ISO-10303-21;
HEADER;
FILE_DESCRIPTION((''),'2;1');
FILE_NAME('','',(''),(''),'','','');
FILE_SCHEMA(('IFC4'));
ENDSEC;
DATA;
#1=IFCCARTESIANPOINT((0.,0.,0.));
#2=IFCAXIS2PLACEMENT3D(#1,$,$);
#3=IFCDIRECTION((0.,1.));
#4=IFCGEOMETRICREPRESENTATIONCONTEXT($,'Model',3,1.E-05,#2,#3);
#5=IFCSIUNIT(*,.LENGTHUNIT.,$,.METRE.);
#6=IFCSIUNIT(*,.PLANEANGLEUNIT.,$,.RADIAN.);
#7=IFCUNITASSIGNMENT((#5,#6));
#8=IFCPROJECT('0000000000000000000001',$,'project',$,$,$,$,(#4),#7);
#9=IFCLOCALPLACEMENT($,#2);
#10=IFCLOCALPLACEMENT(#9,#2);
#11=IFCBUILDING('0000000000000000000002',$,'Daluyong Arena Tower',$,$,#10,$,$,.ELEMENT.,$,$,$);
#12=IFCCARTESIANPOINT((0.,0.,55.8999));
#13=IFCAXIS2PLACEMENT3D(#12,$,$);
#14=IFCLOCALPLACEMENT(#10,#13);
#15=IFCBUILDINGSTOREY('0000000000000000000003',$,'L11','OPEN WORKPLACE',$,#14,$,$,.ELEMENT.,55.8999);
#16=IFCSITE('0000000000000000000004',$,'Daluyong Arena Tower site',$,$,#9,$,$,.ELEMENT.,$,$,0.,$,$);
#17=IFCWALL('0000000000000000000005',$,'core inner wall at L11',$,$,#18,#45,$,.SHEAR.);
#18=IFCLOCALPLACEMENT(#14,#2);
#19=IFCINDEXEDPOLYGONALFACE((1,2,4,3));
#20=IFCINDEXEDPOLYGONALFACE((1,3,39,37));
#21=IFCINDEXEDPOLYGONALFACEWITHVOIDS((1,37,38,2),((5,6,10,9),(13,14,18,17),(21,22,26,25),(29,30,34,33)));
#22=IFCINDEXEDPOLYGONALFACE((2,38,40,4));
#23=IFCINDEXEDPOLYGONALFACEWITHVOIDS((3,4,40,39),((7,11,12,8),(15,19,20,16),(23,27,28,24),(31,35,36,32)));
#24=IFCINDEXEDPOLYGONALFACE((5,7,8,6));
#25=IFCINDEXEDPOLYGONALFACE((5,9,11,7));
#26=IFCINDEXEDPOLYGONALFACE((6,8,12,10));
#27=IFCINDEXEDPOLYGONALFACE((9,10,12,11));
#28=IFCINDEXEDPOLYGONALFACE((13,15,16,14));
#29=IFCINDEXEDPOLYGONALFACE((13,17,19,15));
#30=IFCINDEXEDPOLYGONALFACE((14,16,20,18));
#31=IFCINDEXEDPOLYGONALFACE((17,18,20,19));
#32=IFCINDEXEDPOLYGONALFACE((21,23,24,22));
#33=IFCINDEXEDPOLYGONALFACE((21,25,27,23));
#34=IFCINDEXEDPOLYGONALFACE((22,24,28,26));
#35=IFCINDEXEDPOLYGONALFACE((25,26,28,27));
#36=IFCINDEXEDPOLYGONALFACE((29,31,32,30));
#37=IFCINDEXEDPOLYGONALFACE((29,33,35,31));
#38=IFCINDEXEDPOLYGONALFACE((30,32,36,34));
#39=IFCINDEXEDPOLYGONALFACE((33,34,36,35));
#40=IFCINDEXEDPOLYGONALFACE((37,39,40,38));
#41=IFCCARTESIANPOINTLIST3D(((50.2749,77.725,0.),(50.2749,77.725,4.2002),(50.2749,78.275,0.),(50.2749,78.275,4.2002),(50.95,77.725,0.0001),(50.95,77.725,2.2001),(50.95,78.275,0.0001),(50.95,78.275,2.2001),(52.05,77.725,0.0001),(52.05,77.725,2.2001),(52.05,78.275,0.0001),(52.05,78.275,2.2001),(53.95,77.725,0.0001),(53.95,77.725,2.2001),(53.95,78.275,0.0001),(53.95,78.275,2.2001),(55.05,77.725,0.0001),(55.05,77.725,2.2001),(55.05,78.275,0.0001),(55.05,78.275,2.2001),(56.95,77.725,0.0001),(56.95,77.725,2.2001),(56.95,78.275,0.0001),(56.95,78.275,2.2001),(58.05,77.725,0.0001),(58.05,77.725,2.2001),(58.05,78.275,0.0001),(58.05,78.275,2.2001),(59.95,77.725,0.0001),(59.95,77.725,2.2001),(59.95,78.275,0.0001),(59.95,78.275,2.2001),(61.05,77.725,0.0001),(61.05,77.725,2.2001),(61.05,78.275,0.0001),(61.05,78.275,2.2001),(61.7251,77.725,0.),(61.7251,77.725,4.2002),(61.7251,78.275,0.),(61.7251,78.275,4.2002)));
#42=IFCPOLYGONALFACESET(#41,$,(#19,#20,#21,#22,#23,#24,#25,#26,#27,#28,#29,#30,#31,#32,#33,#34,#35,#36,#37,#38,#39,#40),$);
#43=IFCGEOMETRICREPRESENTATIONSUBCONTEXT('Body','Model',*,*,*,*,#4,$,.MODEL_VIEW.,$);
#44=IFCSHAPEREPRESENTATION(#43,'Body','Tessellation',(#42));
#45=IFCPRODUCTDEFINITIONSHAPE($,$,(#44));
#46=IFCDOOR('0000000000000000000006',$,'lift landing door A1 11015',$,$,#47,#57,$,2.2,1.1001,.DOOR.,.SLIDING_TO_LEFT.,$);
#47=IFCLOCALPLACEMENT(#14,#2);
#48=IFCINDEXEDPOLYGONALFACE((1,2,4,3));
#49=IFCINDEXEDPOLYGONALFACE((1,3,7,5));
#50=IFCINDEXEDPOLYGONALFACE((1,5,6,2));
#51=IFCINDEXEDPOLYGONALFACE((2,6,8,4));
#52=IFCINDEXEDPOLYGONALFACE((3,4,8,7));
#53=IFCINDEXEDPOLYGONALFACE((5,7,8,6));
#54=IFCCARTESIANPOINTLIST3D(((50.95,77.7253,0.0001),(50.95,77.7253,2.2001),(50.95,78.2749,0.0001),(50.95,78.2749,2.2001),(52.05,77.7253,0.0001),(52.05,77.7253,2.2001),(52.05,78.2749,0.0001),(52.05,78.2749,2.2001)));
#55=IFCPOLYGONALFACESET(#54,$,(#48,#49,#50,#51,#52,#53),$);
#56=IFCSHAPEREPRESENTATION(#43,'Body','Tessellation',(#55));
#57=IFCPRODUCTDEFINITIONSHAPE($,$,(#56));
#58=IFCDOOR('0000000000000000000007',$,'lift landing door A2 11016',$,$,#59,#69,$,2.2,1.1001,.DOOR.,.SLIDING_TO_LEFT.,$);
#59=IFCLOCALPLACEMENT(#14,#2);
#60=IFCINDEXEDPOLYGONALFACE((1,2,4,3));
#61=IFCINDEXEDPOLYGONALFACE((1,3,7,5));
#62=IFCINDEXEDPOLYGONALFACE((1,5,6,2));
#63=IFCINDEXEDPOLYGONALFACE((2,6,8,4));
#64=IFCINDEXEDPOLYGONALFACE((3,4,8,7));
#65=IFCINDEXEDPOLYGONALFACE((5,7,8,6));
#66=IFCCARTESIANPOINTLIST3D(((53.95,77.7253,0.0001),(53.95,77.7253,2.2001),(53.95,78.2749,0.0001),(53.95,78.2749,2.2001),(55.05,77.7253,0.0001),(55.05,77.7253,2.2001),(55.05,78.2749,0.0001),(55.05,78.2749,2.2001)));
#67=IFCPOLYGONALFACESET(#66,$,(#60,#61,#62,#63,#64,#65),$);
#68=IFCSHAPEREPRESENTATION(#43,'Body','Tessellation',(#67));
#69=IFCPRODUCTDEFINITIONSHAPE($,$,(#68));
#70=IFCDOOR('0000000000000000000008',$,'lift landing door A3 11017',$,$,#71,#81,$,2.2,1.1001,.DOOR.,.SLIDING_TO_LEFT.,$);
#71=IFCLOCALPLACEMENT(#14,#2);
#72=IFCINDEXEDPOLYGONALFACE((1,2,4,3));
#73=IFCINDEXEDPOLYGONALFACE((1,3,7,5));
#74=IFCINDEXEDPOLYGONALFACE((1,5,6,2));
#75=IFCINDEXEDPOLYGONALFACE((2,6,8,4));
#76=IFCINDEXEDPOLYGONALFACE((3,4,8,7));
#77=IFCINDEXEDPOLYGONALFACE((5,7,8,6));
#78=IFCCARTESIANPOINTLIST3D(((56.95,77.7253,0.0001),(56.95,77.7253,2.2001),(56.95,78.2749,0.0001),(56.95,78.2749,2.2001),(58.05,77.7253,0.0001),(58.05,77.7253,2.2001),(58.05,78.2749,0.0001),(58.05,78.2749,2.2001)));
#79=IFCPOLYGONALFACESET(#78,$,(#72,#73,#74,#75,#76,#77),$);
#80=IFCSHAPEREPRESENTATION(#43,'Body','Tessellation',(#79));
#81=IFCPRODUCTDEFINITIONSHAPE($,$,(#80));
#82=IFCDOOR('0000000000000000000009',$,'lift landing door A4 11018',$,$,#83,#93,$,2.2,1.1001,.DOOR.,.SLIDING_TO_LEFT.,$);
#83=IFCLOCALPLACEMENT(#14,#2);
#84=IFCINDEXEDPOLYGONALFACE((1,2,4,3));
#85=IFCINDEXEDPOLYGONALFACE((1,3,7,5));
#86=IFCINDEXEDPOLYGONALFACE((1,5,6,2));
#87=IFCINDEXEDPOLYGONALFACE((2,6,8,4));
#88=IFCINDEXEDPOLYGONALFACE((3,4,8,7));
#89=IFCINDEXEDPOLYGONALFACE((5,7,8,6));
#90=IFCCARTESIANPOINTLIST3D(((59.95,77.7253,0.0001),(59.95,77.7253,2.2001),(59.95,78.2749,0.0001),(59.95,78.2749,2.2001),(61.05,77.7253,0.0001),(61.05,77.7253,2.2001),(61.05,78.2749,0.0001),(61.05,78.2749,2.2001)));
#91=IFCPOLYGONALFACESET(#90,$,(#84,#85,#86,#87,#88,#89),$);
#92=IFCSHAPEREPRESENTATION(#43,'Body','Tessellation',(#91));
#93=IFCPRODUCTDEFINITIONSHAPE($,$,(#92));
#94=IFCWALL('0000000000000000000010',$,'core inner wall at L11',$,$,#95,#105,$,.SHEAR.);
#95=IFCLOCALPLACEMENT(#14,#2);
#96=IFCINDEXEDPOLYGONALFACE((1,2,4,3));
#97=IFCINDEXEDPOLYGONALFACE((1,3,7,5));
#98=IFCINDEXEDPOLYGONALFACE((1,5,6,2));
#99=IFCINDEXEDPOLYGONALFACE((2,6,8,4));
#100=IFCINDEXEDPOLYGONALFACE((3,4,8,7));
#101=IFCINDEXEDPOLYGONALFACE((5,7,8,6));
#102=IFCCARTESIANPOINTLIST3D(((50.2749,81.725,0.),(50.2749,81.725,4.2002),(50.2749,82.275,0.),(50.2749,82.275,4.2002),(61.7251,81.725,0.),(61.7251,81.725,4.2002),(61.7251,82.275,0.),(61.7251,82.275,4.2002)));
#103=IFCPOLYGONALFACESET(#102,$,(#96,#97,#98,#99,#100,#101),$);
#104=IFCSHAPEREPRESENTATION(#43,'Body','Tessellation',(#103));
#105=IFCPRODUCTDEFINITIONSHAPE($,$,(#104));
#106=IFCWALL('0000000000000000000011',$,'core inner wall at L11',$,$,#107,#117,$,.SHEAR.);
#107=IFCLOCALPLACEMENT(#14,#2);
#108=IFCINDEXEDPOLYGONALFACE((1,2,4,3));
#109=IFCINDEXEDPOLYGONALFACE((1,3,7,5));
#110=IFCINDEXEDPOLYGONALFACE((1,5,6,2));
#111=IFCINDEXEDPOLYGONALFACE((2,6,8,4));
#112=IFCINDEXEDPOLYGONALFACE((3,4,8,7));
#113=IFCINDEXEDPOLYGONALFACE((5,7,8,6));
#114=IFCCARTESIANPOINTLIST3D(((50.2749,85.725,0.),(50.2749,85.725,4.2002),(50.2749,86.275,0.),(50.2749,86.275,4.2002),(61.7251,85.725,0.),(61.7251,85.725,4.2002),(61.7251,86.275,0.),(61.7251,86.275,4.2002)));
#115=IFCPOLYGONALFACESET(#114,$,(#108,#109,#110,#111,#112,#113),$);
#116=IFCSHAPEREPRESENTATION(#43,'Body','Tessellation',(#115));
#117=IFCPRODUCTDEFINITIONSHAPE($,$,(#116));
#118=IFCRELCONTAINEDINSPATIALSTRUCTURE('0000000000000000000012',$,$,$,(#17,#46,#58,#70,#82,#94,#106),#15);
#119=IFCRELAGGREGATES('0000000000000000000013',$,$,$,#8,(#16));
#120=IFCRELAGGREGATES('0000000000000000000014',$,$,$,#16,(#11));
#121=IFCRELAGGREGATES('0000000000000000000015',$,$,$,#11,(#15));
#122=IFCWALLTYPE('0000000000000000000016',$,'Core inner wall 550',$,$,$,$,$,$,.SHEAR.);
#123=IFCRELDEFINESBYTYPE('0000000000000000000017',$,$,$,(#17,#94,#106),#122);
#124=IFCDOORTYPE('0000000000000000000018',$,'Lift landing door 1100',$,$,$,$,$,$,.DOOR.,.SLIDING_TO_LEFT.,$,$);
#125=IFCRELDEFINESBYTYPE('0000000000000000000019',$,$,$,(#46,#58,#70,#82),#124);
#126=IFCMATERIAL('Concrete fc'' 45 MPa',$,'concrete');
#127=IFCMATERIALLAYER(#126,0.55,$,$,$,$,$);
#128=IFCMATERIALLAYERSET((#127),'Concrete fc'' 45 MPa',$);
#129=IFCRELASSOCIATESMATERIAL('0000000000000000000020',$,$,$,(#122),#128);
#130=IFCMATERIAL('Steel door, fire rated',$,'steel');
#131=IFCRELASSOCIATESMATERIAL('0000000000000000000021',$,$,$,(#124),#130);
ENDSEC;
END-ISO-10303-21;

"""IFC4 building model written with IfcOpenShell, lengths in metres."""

from ifc_helpers import new_model, si_unit, direction, frame, frame_2d, origin, place, context, subcontext, project, spatial, rectangle, extrude, material, layer, layer_set, type_object, element, fill, save


model = new_model("IFC4")

# Units and contexts
model_context = context("Model", 3, precision=1e-05, world=origin(), true_north=direction((0.0, 1.0)))
body_context = subcontext(model_context, "Body", "Model", "MODEL_VIEW")
ifc_project = project(units=[si_unit("LENGTHUNIT", "METRE"), si_unit("PLANEANGLEUNIT", "RADIAN")], contexts=[model_context])

# Site, building, storey
site_placement = place(None, origin())
site = spatial("IfcSite", under=ifc_project, at=site_placement, Name="Daluyong Arena Tower site", CompositionType="ELEMENT", RefElevation=0.0)
building_placement = place(site_placement, origin())
building = spatial("IfcBuilding", under=site, at=building_placement, Name="Daluyong Arena Tower", CompositionType="ELEMENT")
storey_placement = place(building_placement, frame((0.0, 0.0, 55.8999)))
storey = spatial("IfcBuildingStorey", under=building, at=storey_placement, Name="L11", Description="OPEN WORKPLACE", CompositionType="ELEMENT", Elevation=55.8999)

# Shared definitions
ifc_material_1 = material(Name="Concrete fc' 45 MPa", Category="concrete")
ifc_layer_1 = layer(ifc_material_1, 0.55)
ifc_layer_set_1 = layer_set([ifc_layer_1], Name="Concrete fc' 45 MPa")
wall_type_1 = type_object("IfcWallType", Name="Core inner wall 550", PredefinedType="SHEAR", material=ifc_layer_set_1)

# Wall, openings, doors
wall_1_placement = place(storey_placement, frame((50.2749, 78.0, 0.0), z_axis=(0.0, 0.0, 1.0), x_axis=(1.0, 0.0, 0.0)))
wall_1 = element("IfcWall", 1, at=wall_1_placement, inside=storey, type_object=wall_type_1, Name="core inner wall at L11", PredefinedType="SHEAR", context=body_context, shape_type="SweptSolid", body=[
    extrude(rectangle(XDim=11.4502, YDim=0.55, at=frame_2d((5.7251, 0.0))), origin(), (0.0, 0.0, 1.0), 4.2002),
])
opening_1_placement = place(wall_1_placement, frame((0.675, 0.0, 0.0)))
opening_1 = element("IfcOpeningElement", 2, at=opening_1_placement, cuts=wall_1, PredefinedType="OPENING", context=body_context, shape_type="SweptSolid", body=[
    extrude(rectangle(XDim=1.1001, YDim=2.2, at=frame_2d((0.55, 1.1001))), frame((0.0, 0.2849, 0.0), z_axis=(0.0, -1.0, 0.0), x_axis=(1.0, 0.0, 0.0)), (0.0, 0.0, 1.0), 0.5701),
])
opening_2_placement = place(wall_1_placement, frame((3.675, 0.0, 0.0)))
opening_2 = element("IfcOpeningElement", 3, at=opening_2_placement, cuts=wall_1, PredefinedType="OPENING", context=body_context, shape_type="SweptSolid", body=[
    extrude(rectangle(XDim=1.1001, YDim=2.2, at=frame_2d((0.55, 1.1001))), frame((0.0, 0.2849, 0.0), z_axis=(0.0, -1.0, 0.0), x_axis=(1.0, 0.0, 0.0)), (0.0, 0.0, 1.0), 0.5701),
])
opening_3_placement = place(wall_1_placement, frame((6.675, 0.0, 0.0)))
opening_3 = element("IfcOpeningElement", 4, at=opening_3_placement, cuts=wall_1, PredefinedType="OPENING", context=body_context, shape_type="SweptSolid", body=[
    extrude(rectangle(XDim=1.1001, YDim=2.2, at=frame_2d((0.55, 1.1001))), frame((0.0, 0.2849, 0.0), z_axis=(0.0, -1.0, 0.0), x_axis=(1.0, 0.0, 0.0)), (0.0, 0.0, 1.0), 0.5701),
])
opening_4_placement = place(wall_1_placement, frame((9.675, 0.0, 0.0)))
opening_4 = element("IfcOpeningElement", 5, at=opening_4_placement, cuts=wall_1, PredefinedType="OPENING", context=body_context, shape_type="SweptSolid", body=[
    extrude(rectangle(XDim=1.1001, YDim=2.2, at=frame_2d((0.55, 1.1001))), frame((0.0, 0.2849, 0.0), z_axis=(0.0, -1.0, 0.0), x_axis=(1.0, 0.0, 0.0)), (0.0, 0.0, 1.0), 0.5701),
])
ifc_material_2 = material(Name="Steel door, fire rated", Category="steel")
door_type_1 = type_object("IfcDoorType", Name="Lift landing door 1100", OperationType="SLIDING_TO_LEFT", PredefinedType="DOOR", material=ifc_material_2)
door_1_placement = place(opening_1_placement, origin())
door_1 = element("IfcDoor", 6, at=door_1_placement, inside=storey, type_object=door_type_1, Name="lift landing door A1 11015", OperationType="SLIDING_TO_LEFT", OverallHeight=2.2, OverallWidth=1.1001, PredefinedType="DOOR", context=body_context, shape_type="SweptSolid", body=[
    extrude(rectangle(XDim=1.1001, YDim=2.2, at=frame_2d((0.55, 1.1001))), frame((0.0, 0.2749, 0.0), z_axis=(0.0, -1.0, 0.0), x_axis=(1.0, 0.0, 0.0)), (0.0, 0.0, 1.0), 0.5496),
])
fill(opening_1, door_1)
door_2_placement = place(opening_2_placement, origin())
door_2 = element("IfcDoor", 7, at=door_2_placement, inside=storey, type_object=door_type_1, Name="lift landing door A2 11016", OperationType="SLIDING_TO_LEFT", OverallHeight=2.2, OverallWidth=1.1001, PredefinedType="DOOR", context=body_context, shape_type="SweptSolid", body=[
    extrude(rectangle(XDim=1.1001, YDim=2.2, at=frame_2d((0.55, 1.1001))), frame((0.0, 0.2749, 0.0), z_axis=(0.0, -1.0, 0.0), x_axis=(1.0, 0.0, 0.0)), (0.0, 0.0, 1.0), 0.5496),
])
fill(opening_2, door_2)
door_3_placement = place(opening_3_placement, origin())
door_3 = element("IfcDoor", 8, at=door_3_placement, inside=storey, type_object=door_type_1, Name="lift landing door A3 11017", OperationType="SLIDING_TO_LEFT", OverallHeight=2.2, OverallWidth=1.1001, PredefinedType="DOOR", context=body_context, shape_type="SweptSolid", body=[
    extrude(rectangle(XDim=1.1001, YDim=2.2, at=frame_2d((0.55, 1.1001))), frame((0.0, 0.2749, 0.0), z_axis=(0.0, -1.0, 0.0), x_axis=(1.0, 0.0, 0.0)), (0.0, 0.0, 1.0), 0.5496),
])
fill(opening_3, door_3)
door_4_placement = place(opening_4_placement, origin())
door_4 = element("IfcDoor", 9, at=door_4_placement, inside=storey, type_object=door_type_1, Name="lift landing door A4 11018", OperationType="SLIDING_TO_LEFT", OverallHeight=2.2, OverallWidth=1.1001, PredefinedType="DOOR", context=body_context, shape_type="SweptSolid", body=[
    extrude(rectangle(XDim=1.1001, YDim=2.2, at=frame_2d((0.55, 1.1001))), frame((0.0, 0.2749, 0.0), z_axis=(0.0, -1.0, 0.0), x_axis=(1.0, 0.0, 0.0)), (0.0, 0.0, 1.0), 0.5496),
])
fill(opening_4, door_4)

# Walls
for number, where, z_axis, x_axis, name in (
    (10, (50.2749, 82.0, 0.0), (0.0, 0.0, 1.0), (1.0, 0.0, 0.0), "core inner wall at L11"),
    (11, (50.2749, 86.0, 0.0), (0.0, 0.0, 1.0), (1.0, 0.0, 0.0), "core inner wall at L11"),
):
    element("IfcWall", number, at=place(storey_placement, frame(where, z_axis=z_axis, x_axis=x_axis)), inside=storey, type_object=wall_type_1, Name=name, PredefinedType="SHEAR", context=body_context, shape_type="SweptSolid", body=[
        extrude(rectangle(XDim=11.4502, YDim=0.55, at=frame_2d((5.7251, 0.0))), origin(), (0.0, 0.0, 1.0), 4.2002),
    ])

save(model, "model.ifc")
